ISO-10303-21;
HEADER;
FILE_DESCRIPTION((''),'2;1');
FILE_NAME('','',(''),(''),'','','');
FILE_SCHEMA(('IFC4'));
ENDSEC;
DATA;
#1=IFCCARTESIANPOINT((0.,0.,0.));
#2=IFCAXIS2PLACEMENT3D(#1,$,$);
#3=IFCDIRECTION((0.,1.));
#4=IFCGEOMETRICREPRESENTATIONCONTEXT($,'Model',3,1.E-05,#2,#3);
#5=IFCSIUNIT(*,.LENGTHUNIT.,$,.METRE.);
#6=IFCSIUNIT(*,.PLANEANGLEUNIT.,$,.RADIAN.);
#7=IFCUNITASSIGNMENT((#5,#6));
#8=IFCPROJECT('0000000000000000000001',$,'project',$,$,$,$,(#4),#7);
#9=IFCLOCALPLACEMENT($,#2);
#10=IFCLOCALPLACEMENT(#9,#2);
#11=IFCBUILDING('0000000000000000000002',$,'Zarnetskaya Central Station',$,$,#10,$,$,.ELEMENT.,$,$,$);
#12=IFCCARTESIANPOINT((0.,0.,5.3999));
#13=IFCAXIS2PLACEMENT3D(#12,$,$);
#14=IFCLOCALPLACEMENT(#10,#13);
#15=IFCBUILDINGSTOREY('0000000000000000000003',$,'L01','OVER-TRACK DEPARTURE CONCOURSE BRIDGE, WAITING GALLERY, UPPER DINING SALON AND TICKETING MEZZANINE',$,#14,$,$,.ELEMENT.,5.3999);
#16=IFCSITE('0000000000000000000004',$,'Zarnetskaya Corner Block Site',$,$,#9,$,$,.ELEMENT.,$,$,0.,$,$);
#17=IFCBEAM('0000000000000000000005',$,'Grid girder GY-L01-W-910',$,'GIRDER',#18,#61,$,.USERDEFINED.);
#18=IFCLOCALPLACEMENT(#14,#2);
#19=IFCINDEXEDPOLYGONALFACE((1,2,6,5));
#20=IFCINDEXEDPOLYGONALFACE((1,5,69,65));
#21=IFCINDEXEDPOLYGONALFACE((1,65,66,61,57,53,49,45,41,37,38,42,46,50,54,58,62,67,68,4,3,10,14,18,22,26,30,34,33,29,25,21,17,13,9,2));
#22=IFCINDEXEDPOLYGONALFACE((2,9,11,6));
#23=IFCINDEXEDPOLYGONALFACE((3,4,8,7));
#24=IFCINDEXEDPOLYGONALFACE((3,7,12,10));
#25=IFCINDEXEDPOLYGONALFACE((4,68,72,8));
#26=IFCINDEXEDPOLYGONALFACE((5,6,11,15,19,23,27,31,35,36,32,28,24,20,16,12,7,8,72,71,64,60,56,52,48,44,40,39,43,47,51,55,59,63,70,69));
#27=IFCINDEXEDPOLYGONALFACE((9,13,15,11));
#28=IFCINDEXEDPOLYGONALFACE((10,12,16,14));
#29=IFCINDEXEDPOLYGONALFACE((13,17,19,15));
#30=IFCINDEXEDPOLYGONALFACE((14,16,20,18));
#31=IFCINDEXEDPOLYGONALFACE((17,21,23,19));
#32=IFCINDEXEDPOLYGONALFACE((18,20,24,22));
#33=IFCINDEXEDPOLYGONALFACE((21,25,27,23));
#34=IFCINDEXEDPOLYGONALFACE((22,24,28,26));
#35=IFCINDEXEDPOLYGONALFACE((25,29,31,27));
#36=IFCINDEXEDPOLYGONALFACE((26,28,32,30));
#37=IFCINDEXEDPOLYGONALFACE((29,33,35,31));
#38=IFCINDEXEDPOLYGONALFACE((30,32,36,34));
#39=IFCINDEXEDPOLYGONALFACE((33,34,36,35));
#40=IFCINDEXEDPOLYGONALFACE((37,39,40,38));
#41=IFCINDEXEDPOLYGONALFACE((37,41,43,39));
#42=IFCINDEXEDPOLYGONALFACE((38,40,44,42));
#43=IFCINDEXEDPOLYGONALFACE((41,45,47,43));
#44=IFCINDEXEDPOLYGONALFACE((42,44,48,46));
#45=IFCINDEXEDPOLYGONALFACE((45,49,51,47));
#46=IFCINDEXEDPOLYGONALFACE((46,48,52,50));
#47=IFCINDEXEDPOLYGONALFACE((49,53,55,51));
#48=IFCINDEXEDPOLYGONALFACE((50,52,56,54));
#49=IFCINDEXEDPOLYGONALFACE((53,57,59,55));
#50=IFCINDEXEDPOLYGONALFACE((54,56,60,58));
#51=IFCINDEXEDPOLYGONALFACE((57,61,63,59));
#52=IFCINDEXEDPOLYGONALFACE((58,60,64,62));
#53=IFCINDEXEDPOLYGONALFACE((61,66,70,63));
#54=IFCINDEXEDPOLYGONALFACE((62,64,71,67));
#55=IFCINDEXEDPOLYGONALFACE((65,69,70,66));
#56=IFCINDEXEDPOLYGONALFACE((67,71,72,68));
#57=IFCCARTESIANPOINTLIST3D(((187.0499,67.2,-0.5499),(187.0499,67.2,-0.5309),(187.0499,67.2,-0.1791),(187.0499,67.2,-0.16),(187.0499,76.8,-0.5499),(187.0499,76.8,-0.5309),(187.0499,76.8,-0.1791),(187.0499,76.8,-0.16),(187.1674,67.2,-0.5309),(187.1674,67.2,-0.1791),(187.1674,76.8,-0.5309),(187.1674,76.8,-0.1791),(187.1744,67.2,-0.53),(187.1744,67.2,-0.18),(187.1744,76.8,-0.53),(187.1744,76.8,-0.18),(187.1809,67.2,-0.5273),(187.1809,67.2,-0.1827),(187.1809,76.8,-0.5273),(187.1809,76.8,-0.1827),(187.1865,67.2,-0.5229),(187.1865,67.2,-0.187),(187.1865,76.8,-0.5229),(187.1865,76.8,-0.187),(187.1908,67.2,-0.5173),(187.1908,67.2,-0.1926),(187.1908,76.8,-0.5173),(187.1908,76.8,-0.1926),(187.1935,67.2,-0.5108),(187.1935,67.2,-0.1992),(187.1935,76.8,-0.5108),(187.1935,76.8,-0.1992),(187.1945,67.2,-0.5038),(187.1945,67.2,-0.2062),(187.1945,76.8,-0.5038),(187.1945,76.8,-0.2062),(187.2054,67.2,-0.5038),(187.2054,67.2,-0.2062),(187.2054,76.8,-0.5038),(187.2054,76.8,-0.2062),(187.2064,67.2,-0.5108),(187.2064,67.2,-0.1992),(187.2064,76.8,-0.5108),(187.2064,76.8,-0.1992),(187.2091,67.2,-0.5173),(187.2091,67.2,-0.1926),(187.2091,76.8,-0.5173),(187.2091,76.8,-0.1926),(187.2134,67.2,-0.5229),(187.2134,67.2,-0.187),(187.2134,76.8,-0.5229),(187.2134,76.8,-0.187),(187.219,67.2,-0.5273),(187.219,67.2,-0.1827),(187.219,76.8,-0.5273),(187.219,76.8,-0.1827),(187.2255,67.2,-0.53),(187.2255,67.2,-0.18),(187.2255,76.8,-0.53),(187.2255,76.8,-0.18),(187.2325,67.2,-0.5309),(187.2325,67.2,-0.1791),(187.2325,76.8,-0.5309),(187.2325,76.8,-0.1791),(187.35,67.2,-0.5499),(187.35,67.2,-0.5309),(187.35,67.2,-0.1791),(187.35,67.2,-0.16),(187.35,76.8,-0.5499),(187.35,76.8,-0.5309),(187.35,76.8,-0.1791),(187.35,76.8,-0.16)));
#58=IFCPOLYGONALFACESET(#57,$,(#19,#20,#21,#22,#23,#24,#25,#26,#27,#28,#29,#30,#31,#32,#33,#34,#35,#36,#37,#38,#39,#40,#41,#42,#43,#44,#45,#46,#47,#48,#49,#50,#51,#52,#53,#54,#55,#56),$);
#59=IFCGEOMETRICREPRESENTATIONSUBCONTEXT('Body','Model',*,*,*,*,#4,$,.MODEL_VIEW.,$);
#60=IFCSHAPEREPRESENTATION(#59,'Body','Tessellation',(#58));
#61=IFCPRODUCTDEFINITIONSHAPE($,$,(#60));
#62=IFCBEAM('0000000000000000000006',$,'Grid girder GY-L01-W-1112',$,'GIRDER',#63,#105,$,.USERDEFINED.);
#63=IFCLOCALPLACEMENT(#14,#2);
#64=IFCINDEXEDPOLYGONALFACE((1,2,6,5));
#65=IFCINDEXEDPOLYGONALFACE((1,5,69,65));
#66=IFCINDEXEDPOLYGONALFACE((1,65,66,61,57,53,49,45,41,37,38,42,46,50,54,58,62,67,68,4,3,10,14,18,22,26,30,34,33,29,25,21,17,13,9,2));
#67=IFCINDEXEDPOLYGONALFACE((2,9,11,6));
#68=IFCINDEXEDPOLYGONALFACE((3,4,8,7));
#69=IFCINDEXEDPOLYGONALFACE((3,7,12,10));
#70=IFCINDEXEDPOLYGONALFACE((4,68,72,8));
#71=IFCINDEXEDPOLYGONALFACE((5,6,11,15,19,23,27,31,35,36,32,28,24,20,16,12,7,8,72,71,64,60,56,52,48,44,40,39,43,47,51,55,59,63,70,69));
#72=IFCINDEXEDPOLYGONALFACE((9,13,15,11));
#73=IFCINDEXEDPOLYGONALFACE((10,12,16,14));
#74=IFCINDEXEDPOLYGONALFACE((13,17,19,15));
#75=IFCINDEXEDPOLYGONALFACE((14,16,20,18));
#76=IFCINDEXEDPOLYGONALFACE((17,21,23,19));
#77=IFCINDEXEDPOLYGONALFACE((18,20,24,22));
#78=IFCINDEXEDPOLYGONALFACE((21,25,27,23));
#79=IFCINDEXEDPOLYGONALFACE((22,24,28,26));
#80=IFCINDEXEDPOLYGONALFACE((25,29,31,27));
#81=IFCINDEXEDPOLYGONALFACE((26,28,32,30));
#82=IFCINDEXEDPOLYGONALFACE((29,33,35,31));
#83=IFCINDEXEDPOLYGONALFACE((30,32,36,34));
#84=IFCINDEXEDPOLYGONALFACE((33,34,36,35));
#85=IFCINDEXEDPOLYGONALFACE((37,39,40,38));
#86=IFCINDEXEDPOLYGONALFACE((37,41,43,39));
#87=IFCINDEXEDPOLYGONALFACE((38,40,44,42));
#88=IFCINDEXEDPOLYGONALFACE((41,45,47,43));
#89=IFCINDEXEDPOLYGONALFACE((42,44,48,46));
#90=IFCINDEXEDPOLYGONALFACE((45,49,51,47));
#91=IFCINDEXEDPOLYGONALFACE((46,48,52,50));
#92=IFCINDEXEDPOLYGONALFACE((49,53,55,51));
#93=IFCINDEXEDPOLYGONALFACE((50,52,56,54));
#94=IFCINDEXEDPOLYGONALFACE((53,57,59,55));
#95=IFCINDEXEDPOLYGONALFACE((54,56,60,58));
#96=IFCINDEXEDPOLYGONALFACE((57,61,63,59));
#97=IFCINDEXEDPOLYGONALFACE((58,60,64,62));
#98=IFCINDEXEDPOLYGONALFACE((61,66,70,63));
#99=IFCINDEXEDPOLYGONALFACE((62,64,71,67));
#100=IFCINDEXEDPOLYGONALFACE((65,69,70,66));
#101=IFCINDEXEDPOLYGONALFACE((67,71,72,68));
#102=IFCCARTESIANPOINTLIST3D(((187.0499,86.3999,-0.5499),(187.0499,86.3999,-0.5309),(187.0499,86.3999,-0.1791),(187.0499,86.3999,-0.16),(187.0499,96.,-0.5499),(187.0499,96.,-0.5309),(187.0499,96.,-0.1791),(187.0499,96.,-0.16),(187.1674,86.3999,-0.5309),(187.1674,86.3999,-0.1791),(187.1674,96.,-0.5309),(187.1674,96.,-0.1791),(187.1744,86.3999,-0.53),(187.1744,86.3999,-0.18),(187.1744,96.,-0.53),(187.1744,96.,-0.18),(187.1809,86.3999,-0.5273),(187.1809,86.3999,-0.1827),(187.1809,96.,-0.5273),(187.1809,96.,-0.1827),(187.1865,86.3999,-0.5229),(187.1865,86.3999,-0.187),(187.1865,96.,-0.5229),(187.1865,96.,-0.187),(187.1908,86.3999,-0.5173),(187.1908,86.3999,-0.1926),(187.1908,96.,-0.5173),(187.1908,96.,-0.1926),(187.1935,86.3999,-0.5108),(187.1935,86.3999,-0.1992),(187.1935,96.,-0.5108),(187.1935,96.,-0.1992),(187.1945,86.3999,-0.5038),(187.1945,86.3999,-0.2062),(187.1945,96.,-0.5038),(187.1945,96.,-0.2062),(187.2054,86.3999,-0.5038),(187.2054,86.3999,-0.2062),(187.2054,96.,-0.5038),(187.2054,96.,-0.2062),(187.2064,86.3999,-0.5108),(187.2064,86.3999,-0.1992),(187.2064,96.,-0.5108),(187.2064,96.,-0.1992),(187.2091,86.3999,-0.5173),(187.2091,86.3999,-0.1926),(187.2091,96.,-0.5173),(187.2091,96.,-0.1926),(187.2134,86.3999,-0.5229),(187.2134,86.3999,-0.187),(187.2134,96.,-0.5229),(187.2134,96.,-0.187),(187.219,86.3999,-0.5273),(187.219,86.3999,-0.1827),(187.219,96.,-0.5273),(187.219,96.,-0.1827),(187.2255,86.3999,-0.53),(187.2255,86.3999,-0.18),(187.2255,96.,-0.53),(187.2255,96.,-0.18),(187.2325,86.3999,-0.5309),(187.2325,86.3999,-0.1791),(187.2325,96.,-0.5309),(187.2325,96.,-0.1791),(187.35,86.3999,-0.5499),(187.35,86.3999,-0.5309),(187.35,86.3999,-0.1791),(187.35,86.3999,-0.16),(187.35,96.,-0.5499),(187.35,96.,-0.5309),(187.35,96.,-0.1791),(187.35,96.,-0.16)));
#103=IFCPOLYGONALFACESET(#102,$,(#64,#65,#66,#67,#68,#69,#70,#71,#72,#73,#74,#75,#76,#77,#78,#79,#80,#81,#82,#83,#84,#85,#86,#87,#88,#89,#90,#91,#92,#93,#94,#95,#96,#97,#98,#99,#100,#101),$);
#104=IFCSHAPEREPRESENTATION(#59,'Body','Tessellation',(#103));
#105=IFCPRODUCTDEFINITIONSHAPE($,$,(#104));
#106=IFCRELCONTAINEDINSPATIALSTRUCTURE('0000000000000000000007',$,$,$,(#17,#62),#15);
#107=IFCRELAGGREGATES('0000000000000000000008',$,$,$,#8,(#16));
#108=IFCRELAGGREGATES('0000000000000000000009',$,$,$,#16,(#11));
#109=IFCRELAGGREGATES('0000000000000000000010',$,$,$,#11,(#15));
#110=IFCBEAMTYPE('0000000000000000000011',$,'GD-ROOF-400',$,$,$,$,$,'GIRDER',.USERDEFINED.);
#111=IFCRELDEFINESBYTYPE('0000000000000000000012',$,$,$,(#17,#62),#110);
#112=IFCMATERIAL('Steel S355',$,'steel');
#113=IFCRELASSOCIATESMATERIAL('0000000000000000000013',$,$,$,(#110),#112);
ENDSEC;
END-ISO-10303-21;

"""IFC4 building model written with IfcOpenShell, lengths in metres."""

from ifc_helpers import new_model, si_unit, direction, frame, origin, origin_2d, place, context, subcontext, project, spatial, i_section, extrude, material, material_profile, profile_set, type_object, element, save


model = new_model("IFC4")

# Units and contexts
model_context = context("Model", 3, precision=1e-05, world=origin(), true_north=direction((0.0, 1.0)))
body_context = subcontext(model_context, "Body", "Model", "MODEL_VIEW")
ifc_project = project(units=[si_unit("LENGTHUNIT", "METRE"), si_unit("PLANEANGLEUNIT", "RADIAN")], contexts=[model_context])

# Site, building, storey
site_placement = place(None, origin())
site = spatial("IfcSite", under=ifc_project, at=site_placement, Name="Zarnetskaya Corner Block Site", CompositionType="ELEMENT", RefElevation=0.0)
building_placement = place(site_placement, origin())
building = spatial("IfcBuilding", under=site, at=building_placement, Name="Zarnetskaya Central Station", CompositionType="ELEMENT")
storey_placement = place(building_placement, frame((0.0, 0.0, 5.3999)))
storey = spatial("IfcBuildingStorey", under=building, at=storey_placement, Name="L01", Description="OVER-TRACK DEPARTURE CONCOURSE BRIDGE, WAITING GALLERY, UPPER DINING SALON AND TICKETING MEZZANINE", CompositionType="ELEMENT", Elevation=5.3999)

# Beams
ifc_material = material(Name="Steel S355", Category="steel")
ifc_material_profile_1 = material_profile(ifc_material, i_section(OverallWidth=0.3, OverallDepth=0.3899, WebThickness=0.011, FlangeThickness=0.019, FilletRadius=0.0271, at=origin_2d()), Name="HEA 400")
ifc_profile_set_1 = profile_set([ifc_material_profile_1], Name="Steel S355")
beam_type_1 = type_object("IfcBeamType", Name="GD-ROOF-400", ElementType="GIRDER", PredefinedType="USERDEFINED", material=ifc_profile_set_1)
for number, where, z_axis, x_axis, name in (
    (1, (187.2, 67.2, -0.355), (0.0, 1.0, 0.0), (-1.0, 0.0, 0.0), "Grid girder GY-L01-W-910"),
    (2, (187.2, 86.3999, -0.355), (0.0, 1.0, 0.0), (-1.0, 0.0, 0.0), "Grid girder GY-L01-W-1112"),
):
    element("IfcBeam", number, at=place(storey_placement, frame(where, z_axis=z_axis, x_axis=x_axis)), inside=storey, type_object=beam_type_1, Name=name, ObjectType="GIRDER", PredefinedType="USERDEFINED", context=body_context, shape_type="SweptSolid", body=[
        extrude(i_section(OverallWidth=0.3, OverallDepth=0.3899, WebThickness=0.011, FlangeThickness=0.019, FilletRadius=0.0271, at=origin_2d()), origin(), (0.0, 0.0, 1.0), 9.6001),
    ])

save(model, "model.ifc")
